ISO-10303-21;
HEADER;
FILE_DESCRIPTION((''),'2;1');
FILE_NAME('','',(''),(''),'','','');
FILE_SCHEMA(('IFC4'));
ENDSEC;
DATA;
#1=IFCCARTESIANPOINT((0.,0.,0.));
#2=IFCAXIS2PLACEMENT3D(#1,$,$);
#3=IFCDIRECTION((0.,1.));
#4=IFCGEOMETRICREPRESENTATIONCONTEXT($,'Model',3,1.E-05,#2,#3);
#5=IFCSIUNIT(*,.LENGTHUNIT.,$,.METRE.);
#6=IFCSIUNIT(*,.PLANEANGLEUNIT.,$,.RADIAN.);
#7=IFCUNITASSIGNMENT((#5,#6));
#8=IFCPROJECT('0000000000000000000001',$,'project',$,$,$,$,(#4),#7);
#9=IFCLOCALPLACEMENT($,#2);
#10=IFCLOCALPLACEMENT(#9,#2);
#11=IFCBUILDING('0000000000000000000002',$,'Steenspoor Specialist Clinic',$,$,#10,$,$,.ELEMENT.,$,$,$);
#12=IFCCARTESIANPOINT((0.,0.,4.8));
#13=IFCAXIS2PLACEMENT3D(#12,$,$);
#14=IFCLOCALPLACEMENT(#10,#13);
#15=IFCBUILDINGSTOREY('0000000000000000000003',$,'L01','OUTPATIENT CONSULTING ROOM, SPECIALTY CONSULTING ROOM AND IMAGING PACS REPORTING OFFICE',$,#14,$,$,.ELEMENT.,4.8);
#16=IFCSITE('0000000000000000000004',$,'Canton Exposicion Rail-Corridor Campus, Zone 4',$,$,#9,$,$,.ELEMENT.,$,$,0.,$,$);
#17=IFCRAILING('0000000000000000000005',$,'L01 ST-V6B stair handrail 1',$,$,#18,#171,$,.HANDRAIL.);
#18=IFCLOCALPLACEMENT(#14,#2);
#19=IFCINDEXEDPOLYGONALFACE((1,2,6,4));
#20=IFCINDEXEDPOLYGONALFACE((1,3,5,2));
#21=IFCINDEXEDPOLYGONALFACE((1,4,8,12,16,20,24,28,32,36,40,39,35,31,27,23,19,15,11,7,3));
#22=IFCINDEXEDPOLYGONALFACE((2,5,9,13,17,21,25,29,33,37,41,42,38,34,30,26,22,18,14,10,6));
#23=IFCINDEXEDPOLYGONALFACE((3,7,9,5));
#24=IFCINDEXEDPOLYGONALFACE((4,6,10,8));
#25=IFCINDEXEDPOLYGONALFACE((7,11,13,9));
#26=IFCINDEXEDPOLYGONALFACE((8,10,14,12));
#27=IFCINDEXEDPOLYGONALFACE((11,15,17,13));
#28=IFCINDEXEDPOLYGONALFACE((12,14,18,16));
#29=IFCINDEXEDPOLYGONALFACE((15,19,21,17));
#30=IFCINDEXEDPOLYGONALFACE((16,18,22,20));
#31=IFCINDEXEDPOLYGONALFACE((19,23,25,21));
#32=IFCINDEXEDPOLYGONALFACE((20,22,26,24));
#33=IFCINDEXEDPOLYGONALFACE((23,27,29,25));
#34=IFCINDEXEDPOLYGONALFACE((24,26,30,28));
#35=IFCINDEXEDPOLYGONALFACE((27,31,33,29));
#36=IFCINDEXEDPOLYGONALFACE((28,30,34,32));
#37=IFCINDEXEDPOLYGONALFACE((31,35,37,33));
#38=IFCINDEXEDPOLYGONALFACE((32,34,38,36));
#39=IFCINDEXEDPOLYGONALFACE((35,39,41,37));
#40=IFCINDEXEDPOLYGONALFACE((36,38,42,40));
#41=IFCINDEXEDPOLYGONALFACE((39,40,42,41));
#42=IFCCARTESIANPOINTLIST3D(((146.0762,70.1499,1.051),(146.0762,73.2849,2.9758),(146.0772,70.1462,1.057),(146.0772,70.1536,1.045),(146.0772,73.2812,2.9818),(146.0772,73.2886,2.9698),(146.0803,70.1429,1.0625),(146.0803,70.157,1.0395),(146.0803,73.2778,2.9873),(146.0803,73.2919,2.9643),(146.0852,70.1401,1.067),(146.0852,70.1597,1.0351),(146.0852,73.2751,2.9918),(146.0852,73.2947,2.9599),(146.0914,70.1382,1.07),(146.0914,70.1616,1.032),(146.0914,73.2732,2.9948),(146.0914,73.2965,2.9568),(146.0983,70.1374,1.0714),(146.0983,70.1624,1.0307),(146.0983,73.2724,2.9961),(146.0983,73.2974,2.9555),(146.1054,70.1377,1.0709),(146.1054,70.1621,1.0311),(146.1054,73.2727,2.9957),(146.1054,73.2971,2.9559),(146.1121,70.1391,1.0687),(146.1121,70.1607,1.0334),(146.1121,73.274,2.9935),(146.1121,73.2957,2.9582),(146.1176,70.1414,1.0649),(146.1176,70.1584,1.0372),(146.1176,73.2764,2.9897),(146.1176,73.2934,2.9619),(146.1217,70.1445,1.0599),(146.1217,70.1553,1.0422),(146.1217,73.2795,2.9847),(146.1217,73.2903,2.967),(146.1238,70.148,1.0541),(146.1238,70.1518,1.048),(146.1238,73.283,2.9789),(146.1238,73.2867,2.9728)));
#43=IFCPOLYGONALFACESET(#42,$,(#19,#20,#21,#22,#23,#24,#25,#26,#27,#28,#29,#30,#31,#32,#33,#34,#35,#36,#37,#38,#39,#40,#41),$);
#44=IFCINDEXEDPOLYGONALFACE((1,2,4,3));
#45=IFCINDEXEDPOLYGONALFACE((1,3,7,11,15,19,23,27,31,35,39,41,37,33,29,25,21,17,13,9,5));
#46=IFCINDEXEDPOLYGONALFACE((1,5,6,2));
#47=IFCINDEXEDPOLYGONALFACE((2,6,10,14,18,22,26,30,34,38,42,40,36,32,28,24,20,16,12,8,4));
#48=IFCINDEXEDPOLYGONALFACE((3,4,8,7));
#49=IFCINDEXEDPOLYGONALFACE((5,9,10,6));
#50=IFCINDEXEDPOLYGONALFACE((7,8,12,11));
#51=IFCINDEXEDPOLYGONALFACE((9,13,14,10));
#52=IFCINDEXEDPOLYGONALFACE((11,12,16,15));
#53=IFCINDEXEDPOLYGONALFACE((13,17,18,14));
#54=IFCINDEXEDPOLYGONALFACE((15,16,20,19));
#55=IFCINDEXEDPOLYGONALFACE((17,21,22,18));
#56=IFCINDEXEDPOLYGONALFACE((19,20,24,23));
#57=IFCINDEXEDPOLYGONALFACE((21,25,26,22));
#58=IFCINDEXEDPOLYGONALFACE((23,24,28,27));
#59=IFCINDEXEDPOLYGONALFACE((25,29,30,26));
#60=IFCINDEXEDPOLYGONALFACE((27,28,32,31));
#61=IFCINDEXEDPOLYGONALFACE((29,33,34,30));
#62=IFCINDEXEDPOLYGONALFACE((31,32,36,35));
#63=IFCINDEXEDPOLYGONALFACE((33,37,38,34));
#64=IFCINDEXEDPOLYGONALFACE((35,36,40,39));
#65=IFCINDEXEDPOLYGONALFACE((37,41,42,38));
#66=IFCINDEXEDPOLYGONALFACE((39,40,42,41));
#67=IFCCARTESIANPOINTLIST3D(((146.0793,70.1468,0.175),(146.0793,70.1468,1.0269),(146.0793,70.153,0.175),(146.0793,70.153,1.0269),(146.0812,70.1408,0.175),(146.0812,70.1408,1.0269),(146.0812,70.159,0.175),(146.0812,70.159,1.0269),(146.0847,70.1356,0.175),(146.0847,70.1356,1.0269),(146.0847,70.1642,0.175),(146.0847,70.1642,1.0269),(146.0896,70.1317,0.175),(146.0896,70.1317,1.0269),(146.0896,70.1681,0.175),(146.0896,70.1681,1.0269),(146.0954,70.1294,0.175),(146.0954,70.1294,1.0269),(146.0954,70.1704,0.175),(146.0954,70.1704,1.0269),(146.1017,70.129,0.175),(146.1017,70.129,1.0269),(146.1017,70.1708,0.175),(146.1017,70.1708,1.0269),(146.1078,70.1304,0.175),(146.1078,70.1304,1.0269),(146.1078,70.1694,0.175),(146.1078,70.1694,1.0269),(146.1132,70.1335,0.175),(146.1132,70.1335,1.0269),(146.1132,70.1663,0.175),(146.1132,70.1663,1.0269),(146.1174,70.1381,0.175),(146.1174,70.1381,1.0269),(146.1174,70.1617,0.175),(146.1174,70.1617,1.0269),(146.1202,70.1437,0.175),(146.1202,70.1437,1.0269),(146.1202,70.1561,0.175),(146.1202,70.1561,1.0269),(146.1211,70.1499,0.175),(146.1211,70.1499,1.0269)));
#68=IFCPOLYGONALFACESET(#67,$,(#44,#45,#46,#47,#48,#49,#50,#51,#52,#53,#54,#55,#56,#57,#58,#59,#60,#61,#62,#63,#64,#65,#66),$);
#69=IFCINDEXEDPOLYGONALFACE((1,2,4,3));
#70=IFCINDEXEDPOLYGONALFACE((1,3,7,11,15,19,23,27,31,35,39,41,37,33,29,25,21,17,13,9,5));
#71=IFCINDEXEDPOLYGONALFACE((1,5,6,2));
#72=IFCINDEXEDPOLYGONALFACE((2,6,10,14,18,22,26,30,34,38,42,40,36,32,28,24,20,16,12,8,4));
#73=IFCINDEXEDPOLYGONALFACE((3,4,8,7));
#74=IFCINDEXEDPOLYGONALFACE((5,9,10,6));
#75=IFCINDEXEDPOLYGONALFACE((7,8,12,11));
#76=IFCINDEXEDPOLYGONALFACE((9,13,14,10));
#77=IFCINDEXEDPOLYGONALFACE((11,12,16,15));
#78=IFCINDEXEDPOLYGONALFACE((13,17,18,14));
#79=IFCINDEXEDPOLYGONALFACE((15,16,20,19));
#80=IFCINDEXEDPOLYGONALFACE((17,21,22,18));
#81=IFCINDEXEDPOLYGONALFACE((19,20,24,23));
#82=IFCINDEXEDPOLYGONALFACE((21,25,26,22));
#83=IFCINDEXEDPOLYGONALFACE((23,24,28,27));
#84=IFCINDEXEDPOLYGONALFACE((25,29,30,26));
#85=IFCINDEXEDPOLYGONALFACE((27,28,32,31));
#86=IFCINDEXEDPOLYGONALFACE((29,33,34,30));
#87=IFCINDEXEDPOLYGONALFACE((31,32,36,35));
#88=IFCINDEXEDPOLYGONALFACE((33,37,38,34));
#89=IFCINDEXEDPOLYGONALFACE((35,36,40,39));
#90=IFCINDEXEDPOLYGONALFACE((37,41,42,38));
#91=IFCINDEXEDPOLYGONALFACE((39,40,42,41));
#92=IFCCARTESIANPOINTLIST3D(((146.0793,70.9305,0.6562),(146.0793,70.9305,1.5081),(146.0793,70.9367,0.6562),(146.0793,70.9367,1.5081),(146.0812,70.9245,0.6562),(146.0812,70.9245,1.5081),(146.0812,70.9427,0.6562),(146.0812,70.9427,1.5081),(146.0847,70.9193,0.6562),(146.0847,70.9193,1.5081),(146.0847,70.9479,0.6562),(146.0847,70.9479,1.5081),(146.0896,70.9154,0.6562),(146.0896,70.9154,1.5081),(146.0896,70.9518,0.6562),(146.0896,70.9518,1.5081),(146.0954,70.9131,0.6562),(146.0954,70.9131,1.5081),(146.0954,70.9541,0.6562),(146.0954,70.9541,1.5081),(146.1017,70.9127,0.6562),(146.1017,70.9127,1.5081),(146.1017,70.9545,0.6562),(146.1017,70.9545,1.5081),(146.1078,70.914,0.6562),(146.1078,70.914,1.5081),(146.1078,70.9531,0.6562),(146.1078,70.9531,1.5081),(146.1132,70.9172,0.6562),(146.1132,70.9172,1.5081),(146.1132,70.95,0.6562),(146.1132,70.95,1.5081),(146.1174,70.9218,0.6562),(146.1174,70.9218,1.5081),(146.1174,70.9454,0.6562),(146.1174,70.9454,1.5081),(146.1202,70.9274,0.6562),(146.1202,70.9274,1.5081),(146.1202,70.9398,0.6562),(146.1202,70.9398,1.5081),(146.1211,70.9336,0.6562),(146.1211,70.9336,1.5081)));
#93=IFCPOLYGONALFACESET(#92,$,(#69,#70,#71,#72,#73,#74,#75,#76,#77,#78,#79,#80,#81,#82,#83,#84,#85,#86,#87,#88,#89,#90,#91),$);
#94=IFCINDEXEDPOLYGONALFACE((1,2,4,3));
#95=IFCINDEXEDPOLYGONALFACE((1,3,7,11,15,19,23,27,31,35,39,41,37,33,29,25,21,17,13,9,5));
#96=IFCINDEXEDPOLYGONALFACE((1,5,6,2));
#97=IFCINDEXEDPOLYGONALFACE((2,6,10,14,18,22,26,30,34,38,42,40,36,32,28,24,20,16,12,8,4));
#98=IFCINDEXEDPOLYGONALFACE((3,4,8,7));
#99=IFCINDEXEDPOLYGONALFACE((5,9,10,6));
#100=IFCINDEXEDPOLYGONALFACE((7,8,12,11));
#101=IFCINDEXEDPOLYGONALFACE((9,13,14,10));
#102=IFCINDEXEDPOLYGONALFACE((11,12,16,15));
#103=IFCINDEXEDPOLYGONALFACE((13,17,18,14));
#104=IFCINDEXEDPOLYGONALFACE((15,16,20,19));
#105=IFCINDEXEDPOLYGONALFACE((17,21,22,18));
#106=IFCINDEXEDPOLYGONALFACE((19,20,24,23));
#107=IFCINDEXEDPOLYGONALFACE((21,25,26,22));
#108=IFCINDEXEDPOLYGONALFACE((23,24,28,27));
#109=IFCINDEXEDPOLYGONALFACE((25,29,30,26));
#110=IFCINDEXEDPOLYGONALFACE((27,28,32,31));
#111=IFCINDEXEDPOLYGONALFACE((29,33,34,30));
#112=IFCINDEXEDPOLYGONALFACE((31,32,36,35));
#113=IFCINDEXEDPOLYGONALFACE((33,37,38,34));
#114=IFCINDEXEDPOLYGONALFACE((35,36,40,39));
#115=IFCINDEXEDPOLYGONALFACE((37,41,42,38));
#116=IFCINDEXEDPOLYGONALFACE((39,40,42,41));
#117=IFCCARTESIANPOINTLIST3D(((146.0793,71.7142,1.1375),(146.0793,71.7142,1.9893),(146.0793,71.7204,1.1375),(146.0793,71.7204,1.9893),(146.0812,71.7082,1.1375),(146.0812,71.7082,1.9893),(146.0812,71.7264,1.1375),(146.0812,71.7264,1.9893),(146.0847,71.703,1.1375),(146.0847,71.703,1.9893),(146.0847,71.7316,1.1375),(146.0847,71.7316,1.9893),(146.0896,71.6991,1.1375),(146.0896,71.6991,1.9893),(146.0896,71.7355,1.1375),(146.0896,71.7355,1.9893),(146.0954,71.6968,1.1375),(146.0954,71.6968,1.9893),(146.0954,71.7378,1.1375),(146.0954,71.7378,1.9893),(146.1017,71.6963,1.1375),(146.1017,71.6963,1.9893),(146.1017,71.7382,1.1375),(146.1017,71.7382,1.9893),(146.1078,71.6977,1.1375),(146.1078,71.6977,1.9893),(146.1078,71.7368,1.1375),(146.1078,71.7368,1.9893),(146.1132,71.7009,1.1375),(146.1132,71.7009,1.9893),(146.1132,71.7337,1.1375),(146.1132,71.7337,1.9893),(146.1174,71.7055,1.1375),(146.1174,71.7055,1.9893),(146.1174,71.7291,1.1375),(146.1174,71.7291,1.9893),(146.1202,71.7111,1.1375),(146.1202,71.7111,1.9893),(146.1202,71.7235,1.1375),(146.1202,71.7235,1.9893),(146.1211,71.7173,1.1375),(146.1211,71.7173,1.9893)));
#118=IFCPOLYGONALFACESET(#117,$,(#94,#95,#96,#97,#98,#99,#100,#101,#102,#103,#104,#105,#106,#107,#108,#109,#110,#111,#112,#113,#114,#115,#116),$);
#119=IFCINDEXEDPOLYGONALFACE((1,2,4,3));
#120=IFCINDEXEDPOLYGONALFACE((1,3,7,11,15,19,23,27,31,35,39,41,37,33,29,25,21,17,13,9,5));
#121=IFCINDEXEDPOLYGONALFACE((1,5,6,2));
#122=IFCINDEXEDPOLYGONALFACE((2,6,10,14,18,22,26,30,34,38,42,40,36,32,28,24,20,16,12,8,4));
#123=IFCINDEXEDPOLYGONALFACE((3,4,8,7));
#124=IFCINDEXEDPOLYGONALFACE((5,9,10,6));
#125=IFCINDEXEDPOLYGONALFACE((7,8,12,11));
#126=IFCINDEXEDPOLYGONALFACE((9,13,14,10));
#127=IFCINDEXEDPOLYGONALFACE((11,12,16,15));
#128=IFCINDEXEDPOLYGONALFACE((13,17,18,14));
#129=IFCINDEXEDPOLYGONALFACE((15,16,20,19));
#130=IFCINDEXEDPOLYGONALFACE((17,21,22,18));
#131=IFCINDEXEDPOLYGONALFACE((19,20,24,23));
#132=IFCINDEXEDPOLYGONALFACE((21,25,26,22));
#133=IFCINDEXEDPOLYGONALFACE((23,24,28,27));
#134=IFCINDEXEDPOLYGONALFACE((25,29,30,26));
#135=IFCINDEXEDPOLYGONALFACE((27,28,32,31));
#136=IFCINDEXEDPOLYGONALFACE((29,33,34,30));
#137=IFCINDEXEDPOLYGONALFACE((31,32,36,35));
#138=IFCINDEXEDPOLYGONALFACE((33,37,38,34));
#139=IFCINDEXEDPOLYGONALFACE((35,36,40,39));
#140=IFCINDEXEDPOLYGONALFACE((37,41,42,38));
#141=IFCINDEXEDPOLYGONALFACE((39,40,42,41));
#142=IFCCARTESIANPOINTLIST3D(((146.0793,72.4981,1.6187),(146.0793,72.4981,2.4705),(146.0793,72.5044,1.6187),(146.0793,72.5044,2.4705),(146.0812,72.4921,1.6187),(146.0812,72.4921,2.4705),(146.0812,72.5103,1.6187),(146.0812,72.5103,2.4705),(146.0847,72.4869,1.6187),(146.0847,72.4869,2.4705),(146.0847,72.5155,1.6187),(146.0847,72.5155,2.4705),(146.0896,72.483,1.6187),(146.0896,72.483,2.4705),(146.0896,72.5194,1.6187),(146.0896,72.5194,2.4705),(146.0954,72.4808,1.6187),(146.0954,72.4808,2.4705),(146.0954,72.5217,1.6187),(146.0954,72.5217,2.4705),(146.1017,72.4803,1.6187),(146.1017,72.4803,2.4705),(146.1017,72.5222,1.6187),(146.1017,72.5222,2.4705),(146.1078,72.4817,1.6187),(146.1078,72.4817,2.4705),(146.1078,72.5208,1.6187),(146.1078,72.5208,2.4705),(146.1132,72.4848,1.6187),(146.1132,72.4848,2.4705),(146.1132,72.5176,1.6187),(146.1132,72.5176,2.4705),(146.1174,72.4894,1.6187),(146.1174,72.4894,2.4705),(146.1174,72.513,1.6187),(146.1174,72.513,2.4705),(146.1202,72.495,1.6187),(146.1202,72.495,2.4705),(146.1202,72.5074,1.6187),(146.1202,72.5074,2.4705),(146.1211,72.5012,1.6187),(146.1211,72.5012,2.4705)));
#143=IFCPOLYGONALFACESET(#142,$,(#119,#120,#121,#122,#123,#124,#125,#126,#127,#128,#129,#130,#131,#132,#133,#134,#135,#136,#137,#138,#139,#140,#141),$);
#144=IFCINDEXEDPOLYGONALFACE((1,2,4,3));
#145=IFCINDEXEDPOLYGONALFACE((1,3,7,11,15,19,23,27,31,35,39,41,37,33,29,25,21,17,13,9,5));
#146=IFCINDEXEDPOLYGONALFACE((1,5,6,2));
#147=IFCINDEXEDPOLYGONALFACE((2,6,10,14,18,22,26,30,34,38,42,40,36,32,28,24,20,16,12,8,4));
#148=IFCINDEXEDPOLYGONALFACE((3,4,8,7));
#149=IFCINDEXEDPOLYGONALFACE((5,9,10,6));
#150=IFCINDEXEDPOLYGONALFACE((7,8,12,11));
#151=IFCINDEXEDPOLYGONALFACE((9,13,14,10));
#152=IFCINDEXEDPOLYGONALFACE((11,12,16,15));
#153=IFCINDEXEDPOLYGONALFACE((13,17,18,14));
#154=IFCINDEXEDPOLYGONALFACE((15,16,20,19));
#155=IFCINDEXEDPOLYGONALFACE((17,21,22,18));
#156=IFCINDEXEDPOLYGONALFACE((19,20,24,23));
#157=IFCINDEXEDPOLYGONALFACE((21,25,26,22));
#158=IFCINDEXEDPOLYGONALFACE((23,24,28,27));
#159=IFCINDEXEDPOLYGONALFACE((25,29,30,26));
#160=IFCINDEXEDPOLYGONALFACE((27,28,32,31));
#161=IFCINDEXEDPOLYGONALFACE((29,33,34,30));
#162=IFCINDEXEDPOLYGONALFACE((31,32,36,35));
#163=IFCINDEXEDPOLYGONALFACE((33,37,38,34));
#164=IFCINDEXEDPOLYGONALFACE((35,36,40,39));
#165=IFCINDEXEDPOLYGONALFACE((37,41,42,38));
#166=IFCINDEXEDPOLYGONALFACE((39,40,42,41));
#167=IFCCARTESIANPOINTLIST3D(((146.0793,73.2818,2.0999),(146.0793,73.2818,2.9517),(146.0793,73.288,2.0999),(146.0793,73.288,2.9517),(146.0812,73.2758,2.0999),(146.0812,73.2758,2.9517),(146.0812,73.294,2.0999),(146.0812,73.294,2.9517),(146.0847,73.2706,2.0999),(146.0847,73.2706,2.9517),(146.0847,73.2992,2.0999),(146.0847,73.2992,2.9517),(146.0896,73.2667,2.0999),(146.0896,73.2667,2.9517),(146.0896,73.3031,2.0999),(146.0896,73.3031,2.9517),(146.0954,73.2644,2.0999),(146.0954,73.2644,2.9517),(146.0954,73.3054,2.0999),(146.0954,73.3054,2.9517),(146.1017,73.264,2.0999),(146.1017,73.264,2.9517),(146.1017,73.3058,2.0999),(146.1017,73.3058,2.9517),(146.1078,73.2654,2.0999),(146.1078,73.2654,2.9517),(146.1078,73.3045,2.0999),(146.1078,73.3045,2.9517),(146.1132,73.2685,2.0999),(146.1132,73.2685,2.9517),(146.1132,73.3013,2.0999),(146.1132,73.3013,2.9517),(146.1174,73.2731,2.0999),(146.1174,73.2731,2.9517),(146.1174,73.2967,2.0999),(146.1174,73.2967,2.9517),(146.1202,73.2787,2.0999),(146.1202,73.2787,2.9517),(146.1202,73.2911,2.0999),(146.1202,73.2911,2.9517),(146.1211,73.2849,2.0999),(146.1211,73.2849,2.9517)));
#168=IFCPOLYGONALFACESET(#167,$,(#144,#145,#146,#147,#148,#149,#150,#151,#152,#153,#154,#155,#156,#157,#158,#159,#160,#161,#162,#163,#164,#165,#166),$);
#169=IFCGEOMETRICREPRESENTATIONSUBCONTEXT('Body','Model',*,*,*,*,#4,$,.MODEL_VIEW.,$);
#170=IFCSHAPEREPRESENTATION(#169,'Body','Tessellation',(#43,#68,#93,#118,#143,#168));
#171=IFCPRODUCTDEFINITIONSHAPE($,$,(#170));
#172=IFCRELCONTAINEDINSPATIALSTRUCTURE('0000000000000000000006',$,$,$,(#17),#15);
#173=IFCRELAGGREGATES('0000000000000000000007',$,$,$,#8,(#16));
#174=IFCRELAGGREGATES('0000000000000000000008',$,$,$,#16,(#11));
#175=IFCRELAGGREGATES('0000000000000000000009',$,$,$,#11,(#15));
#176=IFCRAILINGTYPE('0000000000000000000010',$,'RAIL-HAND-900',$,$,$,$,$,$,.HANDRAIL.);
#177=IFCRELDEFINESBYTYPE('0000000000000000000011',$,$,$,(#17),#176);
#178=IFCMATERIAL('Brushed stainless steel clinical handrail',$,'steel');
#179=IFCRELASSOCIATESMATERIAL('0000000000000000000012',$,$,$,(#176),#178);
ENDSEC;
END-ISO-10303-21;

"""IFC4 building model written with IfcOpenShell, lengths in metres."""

from ifc_helpers import new_model, si_unit, direction, frame, origin, origin_2d, place, context, subcontext, project, spatial, circle, extrude, material, type_object, element, save


model = new_model("IFC4")

# Units and contexts
model_context = context("Model", 3, precision=1e-05, world=origin(), true_north=direction((0.0, 1.0)))
body_context = subcontext(model_context, "Body", "Model", "MODEL_VIEW")
ifc_project = project(units=[si_unit("LENGTHUNIT", "METRE"), si_unit("PLANEANGLEUNIT", "RADIAN")], contexts=[model_context])

# Site, building, storey
site_placement = place(None, origin())
site = spatial("IfcSite", under=ifc_project, at=site_placement, Name="Canton Exposicion Rail-Corridor Campus, Zone 4", CompositionType="ELEMENT", RefElevation=0.0)
building_placement = place(site_placement, origin())
building = spatial("IfcBuilding", under=site, at=building_placement, Name="Steenspoor Specialist Clinic", CompositionType="ELEMENT")
storey_placement = place(building_placement, frame((0.0, 0.0, 4.8)))
storey = spatial("IfcBuildingStorey", under=building, at=storey_placement, Name="L01", Description="OUTPATIENT CONSULTING ROOM, SPECIALTY CONSULTING ROOM AND IMAGING PACS REPORTING OFFICE", CompositionType="ELEMENT", Elevation=4.8)

# Railing
ifc_material_1 = material(Name="Brushed stainless steel clinical handrail", Category="steel")
railing_type_1 = type_object("IfcRailingType", Name="RAIL-HAND-900", PredefinedType="HANDRAIL", material=ifc_material_1)
railing_1_placement = place(storey_placement, frame((146.1001, 70.1499, 0.175)))
element("IfcRailing", 1, at=railing_1_placement, inside=storey, type_object=railing_type_1, Name="L01 ST-V6B stair handrail 1", PredefinedType="HANDRAIL", context=body_context, shape_type="SweptSolid", body=[
    extrude(circle(Radius=0.0239, at=origin_2d()), frame((0.0, 0.0, 0.876), z_axis=(0.0, 0.852196, 0.523223), x_axis=(-1.0, 0.0, 0.0)), (0.0, 0.0, 1.0), 3.6787),
    extrude(circle(Radius=0.021, at=origin_2d()), origin(), (0.0, 0.0, 1.0), 0.8518),
    extrude(circle(Radius=0.021, at=origin_2d()), frame((0.0, 0.7837, 0.4812)), (0.0, 0.0, 1.0), 0.8518),
    extrude(circle(Radius=0.021, at=origin_2d()), frame((0.0, 1.5674, 0.9624)), (0.0, 0.0, 1.0), 0.8518),
    extrude(circle(Radius=0.021, at=origin_2d()), frame((0.0, 2.3513, 1.4436)), (0.0, 0.0, 1.0), 0.8518),
    extrude(circle(Radius=0.021, at=origin_2d()), frame((0.0, 3.135, 1.9248)), (0.0, 0.0, 1.0), 0.8518),
])

save(model, "model.ifc")
